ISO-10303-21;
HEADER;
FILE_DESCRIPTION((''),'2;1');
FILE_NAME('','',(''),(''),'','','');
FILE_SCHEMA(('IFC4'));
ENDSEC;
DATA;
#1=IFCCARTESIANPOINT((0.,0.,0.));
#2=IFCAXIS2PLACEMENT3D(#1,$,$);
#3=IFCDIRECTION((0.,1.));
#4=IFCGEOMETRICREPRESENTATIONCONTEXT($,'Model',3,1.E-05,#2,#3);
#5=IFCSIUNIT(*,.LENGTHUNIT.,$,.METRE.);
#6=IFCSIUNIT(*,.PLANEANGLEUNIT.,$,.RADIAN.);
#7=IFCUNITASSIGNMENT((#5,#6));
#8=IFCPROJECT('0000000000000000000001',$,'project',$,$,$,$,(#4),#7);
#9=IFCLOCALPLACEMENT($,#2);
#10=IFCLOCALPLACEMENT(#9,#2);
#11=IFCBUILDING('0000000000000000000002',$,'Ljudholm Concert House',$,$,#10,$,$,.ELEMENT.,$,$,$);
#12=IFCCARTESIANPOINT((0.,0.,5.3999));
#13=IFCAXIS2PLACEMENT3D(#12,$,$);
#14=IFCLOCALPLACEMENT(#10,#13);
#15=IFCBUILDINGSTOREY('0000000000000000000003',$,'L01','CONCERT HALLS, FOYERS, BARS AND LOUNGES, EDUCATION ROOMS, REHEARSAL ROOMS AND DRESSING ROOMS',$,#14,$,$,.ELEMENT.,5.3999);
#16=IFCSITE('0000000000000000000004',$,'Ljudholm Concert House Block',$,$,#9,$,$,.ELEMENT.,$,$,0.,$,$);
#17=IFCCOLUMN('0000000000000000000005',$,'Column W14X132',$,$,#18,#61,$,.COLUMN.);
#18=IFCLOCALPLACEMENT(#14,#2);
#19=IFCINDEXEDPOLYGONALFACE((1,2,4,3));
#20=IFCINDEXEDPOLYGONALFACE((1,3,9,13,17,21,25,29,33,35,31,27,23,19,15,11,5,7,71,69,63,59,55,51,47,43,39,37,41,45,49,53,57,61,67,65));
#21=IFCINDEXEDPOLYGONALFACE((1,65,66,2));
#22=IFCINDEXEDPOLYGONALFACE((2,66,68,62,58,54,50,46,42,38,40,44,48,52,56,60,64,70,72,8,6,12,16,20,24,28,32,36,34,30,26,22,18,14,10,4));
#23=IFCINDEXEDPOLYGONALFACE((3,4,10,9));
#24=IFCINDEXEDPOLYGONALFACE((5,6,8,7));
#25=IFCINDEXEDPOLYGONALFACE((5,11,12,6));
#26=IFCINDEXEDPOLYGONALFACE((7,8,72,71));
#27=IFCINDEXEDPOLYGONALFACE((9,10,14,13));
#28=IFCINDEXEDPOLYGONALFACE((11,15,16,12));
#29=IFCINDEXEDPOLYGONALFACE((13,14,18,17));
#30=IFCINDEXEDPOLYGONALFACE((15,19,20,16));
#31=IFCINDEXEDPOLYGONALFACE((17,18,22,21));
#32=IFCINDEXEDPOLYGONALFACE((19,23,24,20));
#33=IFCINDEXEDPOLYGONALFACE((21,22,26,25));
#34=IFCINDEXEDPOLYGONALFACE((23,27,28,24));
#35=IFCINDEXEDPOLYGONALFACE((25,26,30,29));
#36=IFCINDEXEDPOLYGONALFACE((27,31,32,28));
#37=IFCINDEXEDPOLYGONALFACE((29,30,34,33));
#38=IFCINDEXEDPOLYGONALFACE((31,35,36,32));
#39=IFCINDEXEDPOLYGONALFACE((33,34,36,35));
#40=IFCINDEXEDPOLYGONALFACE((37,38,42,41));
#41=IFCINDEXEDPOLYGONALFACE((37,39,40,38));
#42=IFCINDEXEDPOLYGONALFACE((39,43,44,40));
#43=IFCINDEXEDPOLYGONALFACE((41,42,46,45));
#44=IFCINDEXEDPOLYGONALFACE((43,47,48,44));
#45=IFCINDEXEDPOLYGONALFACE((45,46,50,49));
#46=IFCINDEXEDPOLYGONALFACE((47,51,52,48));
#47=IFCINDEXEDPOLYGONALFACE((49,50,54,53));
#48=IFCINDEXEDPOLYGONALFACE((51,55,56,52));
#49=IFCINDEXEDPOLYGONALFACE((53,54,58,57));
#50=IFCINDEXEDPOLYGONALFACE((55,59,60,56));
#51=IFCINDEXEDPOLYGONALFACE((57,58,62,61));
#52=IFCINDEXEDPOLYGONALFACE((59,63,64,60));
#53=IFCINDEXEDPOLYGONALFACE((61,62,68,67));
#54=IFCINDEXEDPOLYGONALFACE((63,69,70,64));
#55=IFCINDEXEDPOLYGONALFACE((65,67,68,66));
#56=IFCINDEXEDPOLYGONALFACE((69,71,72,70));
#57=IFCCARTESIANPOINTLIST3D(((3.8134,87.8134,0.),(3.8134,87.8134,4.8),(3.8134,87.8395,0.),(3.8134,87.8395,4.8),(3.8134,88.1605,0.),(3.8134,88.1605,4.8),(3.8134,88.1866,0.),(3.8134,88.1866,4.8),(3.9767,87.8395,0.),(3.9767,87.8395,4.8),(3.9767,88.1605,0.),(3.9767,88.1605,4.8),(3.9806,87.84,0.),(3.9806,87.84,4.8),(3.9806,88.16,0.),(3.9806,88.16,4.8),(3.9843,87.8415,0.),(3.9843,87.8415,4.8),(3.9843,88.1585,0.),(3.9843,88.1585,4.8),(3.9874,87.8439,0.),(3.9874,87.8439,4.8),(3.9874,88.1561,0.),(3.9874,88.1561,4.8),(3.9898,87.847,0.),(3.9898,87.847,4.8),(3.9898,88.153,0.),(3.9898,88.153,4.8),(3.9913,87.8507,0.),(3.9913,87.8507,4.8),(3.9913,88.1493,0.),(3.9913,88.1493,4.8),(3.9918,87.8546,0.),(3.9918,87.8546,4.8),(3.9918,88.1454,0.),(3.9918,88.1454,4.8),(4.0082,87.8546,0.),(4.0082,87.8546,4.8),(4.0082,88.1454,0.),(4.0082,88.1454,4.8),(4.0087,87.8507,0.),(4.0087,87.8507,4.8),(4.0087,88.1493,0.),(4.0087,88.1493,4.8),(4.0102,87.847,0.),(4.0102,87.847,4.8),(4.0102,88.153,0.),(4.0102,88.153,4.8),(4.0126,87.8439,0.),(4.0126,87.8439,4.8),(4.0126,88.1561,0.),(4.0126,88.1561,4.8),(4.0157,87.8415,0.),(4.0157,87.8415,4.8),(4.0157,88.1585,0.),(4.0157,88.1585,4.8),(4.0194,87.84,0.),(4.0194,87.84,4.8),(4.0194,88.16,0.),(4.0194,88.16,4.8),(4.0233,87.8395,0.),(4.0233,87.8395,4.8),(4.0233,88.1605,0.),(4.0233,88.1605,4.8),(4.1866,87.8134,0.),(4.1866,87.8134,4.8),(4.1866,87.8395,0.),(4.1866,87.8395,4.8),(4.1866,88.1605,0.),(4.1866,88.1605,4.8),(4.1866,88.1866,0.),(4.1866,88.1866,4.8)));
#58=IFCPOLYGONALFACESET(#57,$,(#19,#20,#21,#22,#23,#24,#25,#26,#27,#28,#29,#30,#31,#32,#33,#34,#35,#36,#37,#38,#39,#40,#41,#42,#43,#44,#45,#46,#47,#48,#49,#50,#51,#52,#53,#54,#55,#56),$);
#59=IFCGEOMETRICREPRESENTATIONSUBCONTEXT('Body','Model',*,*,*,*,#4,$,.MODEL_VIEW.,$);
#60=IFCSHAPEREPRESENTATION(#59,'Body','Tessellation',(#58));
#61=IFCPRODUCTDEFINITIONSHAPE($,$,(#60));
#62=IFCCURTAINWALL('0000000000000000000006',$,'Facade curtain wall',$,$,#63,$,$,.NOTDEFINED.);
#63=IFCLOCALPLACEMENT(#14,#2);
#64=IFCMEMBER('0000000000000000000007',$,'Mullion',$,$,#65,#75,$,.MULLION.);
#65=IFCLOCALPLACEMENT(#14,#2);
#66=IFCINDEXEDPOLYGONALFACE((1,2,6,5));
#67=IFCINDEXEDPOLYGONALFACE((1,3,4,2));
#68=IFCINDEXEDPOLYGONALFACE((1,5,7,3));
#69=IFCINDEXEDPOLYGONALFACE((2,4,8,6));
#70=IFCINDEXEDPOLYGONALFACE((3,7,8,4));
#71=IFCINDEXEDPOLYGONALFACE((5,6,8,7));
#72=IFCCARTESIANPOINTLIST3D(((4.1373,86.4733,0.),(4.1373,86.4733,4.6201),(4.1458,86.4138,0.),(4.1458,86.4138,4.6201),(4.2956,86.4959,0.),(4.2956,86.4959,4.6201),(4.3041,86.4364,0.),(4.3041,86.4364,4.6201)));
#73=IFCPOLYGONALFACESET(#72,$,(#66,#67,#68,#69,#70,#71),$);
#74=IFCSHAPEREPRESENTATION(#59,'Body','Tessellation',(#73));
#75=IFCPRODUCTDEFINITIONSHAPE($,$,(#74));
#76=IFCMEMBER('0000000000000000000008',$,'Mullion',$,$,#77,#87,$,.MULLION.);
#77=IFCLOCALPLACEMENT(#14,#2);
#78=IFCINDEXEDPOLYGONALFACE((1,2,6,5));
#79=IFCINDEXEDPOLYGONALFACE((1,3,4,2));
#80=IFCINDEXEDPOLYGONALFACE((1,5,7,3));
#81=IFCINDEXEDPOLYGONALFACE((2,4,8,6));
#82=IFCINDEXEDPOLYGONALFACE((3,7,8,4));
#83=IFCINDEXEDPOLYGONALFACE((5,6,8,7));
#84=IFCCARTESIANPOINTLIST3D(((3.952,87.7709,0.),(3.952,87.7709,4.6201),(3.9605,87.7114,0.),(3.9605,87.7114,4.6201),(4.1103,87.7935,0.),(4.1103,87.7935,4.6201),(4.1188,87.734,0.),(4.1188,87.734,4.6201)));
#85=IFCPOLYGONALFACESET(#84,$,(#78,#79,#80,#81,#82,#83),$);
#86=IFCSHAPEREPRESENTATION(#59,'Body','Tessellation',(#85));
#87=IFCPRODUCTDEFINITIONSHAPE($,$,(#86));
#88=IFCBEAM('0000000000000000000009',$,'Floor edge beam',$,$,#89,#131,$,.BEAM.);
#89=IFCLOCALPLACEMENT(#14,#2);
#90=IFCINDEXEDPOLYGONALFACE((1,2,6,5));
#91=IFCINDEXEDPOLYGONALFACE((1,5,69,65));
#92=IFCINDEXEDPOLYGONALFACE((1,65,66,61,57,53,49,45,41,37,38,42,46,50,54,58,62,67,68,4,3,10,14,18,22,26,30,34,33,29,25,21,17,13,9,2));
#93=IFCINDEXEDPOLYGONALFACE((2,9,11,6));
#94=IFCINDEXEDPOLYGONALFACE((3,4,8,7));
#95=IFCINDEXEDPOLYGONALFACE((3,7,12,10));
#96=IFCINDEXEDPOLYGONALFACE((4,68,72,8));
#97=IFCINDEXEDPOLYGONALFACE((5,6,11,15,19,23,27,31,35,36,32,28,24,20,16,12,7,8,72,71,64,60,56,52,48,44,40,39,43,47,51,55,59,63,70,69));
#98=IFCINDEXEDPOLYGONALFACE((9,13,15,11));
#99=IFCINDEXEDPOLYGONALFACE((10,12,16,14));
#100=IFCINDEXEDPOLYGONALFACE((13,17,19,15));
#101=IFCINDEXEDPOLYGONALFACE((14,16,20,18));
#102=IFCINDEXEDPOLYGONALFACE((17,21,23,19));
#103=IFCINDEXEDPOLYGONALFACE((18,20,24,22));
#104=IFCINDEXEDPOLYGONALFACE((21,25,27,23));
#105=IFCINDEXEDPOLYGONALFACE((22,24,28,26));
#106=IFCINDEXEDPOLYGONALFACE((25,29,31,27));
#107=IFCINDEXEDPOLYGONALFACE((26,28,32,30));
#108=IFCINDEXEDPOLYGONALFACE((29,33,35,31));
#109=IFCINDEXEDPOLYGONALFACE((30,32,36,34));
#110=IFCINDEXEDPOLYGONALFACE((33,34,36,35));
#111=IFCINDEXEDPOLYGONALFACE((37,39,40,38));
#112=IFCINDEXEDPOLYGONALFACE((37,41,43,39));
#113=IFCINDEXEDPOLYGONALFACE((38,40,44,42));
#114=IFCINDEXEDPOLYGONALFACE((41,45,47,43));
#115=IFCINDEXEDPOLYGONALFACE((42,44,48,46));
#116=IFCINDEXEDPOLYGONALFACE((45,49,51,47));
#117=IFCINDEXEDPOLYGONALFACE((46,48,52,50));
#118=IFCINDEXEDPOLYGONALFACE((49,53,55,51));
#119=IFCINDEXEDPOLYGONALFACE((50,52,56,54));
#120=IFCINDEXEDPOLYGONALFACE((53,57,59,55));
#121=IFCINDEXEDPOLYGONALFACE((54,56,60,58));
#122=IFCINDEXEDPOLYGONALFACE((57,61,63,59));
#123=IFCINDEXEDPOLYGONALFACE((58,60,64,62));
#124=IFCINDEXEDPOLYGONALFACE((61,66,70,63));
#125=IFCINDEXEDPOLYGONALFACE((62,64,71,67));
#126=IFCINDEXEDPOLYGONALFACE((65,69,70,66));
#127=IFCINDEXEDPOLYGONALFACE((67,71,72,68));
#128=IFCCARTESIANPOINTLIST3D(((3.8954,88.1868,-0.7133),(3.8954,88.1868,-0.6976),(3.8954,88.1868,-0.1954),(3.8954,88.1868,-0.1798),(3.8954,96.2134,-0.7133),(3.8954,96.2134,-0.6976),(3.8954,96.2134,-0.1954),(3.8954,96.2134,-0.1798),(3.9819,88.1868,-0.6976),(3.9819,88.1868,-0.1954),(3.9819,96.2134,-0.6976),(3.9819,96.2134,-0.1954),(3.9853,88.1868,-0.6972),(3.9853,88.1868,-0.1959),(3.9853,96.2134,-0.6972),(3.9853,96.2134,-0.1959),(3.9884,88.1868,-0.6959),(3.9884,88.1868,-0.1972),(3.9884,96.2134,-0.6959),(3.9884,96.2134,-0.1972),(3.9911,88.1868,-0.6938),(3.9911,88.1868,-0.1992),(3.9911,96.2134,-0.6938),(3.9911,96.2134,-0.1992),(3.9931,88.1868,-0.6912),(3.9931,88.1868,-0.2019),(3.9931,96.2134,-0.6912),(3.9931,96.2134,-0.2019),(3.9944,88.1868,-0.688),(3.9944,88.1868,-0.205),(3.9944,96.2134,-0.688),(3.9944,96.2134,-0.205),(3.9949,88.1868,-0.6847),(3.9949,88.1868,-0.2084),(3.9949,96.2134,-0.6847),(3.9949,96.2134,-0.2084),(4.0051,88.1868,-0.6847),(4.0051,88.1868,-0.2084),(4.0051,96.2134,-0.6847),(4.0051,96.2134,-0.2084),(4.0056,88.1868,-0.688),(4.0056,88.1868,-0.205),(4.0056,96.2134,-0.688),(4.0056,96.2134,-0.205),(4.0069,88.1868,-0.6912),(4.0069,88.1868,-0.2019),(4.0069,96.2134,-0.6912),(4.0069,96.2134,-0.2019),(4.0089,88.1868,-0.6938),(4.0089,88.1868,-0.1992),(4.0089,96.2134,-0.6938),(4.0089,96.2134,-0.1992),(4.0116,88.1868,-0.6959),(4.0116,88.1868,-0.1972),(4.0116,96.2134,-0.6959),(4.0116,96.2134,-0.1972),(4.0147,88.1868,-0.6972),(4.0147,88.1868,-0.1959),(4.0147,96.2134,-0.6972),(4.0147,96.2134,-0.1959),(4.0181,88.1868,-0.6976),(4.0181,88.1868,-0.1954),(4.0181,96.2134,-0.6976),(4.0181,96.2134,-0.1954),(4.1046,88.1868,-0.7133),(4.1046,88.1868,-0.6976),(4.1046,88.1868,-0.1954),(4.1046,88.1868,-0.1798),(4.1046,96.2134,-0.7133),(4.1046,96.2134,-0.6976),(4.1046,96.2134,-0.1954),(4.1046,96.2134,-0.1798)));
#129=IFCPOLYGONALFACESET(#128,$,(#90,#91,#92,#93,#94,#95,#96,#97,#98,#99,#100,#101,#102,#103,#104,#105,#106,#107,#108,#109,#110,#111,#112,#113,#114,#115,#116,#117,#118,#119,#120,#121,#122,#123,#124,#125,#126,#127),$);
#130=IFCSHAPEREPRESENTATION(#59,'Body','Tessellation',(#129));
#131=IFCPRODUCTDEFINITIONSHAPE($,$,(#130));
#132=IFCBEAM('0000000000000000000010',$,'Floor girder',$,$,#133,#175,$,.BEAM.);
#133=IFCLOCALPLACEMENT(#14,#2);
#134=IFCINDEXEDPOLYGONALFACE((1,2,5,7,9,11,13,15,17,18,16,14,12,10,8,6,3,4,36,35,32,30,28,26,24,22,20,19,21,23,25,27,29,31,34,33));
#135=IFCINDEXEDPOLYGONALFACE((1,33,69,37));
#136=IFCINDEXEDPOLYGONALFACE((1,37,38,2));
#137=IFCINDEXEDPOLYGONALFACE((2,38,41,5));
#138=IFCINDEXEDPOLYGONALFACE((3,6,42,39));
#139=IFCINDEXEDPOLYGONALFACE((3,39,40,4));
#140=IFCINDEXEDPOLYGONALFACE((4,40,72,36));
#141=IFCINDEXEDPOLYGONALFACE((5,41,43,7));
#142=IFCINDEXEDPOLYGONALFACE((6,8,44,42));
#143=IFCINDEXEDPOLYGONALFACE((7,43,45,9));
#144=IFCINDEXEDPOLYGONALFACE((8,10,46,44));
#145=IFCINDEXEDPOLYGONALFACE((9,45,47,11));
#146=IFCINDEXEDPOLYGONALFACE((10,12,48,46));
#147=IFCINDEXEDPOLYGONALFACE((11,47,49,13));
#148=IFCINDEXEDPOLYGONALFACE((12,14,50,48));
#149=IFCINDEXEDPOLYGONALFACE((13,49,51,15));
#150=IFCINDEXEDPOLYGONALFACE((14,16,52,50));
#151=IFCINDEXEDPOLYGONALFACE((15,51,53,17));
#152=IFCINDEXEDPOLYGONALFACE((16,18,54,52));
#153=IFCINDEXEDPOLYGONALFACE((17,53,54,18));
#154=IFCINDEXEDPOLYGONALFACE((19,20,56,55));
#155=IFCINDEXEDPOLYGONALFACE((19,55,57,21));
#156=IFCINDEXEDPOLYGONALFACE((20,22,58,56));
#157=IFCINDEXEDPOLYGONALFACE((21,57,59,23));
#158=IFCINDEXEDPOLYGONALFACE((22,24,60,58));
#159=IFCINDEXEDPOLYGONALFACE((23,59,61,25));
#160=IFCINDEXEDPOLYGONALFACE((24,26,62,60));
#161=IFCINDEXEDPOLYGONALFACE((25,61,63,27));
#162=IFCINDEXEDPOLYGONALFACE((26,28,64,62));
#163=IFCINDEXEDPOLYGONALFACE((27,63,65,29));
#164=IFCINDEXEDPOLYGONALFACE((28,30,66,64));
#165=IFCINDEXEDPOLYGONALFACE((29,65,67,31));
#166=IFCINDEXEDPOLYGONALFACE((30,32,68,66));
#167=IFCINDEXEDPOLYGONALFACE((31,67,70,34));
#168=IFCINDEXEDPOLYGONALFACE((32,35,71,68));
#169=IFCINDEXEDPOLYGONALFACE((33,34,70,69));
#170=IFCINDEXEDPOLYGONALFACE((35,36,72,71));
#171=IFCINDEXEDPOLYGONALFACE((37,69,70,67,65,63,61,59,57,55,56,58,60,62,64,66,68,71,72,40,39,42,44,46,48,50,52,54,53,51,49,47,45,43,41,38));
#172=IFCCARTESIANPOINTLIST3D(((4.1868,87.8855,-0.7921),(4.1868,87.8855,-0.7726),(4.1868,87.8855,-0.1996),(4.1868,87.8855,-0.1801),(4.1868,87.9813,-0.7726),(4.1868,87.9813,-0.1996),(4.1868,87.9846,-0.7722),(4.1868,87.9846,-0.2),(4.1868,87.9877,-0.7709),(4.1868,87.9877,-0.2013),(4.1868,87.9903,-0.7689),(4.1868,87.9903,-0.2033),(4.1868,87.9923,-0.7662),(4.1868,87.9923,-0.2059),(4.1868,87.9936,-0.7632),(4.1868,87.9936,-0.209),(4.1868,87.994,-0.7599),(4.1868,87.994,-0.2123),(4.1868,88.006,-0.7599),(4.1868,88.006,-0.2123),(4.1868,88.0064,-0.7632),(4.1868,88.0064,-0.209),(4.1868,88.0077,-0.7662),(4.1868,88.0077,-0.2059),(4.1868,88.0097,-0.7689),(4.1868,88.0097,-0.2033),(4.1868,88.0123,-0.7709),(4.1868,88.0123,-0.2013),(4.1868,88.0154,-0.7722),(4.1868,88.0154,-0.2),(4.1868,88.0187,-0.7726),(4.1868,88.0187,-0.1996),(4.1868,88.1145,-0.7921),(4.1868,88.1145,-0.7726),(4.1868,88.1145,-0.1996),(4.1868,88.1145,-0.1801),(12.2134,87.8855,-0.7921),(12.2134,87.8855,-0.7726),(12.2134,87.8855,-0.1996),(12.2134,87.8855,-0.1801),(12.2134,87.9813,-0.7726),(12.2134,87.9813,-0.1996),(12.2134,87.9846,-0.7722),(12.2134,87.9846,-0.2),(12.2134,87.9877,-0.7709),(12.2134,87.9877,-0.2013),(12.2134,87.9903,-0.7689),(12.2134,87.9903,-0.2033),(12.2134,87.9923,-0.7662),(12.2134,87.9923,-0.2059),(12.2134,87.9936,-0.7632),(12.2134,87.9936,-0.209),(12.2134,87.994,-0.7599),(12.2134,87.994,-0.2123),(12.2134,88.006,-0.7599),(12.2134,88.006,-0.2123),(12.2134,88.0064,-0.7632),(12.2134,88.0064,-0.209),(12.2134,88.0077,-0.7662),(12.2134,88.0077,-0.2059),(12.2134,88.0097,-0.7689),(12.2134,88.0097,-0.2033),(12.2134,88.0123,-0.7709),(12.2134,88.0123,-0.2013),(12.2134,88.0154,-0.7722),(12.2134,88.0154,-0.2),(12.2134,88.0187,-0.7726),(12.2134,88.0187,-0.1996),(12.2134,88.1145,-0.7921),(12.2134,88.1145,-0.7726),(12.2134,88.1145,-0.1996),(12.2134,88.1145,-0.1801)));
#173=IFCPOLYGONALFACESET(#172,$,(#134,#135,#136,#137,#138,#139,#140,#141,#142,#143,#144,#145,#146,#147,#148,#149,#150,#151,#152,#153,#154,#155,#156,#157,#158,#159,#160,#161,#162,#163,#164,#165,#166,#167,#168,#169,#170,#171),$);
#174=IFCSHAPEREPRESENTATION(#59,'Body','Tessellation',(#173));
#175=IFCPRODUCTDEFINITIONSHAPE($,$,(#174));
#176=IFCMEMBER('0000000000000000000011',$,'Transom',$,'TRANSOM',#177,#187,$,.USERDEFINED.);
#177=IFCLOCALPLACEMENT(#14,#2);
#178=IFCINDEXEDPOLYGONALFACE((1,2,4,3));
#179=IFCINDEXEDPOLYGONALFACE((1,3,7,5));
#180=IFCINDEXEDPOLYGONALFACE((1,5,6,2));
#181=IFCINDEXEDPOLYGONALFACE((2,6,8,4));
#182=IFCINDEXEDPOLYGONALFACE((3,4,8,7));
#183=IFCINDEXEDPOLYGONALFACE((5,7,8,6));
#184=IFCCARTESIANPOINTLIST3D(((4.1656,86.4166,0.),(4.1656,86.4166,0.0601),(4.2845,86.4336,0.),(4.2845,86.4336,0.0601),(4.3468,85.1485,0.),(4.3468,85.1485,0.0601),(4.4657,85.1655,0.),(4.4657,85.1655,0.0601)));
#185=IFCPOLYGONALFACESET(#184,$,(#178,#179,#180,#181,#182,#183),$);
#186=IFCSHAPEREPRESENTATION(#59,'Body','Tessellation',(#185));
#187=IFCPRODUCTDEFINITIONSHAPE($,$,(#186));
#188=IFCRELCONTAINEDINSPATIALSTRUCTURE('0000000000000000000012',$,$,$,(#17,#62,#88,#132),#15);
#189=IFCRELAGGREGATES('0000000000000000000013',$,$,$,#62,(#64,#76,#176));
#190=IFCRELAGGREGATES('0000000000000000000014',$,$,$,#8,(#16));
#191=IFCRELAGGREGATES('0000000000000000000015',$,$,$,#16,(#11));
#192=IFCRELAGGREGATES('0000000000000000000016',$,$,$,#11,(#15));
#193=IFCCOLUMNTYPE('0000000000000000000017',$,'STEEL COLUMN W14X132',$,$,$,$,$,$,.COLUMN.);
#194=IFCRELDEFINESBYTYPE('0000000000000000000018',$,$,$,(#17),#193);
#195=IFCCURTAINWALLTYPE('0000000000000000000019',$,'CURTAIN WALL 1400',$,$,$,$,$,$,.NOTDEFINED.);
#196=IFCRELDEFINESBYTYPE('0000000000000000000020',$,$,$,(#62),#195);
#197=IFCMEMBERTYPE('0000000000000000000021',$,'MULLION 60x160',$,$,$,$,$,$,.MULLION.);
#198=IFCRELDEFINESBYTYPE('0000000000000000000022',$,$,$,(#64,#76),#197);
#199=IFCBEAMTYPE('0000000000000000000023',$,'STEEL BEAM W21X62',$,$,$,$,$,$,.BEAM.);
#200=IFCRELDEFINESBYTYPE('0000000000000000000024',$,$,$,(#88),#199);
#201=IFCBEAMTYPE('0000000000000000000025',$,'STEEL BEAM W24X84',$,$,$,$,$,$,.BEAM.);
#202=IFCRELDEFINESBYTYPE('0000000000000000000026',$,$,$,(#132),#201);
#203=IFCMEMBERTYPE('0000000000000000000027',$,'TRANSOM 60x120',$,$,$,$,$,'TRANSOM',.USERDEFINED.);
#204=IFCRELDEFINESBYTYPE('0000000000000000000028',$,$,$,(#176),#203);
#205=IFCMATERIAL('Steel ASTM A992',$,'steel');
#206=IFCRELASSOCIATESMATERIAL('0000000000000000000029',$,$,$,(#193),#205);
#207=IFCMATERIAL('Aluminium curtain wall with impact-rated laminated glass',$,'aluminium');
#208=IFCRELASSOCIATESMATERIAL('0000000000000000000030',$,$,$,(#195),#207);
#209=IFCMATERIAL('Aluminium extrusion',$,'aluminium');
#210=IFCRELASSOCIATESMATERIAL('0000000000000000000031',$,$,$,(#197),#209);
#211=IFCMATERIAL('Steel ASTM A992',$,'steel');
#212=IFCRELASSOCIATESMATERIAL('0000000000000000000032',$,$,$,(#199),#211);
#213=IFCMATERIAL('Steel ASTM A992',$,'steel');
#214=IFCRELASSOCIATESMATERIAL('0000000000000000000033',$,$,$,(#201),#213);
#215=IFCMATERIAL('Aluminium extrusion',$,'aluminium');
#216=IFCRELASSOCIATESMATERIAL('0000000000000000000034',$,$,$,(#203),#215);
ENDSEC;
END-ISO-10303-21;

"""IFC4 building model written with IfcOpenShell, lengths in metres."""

from ifc_helpers import new_model, si_unit, direction, frame, origin, origin_2d, place, context, subcontext, project, spatial, rectangle, i_section, extrude, material, material_profile, profile_set, type_object, element, aggregate, save


model = new_model("IFC4")

# Units and contexts
model_context = context("Model", 3, precision=1e-05, world=origin(), true_north=direction((0.0, 1.0)))
body_context = subcontext(model_context, "Body", "Model", "MODEL_VIEW")
ifc_project = project(units=[si_unit("LENGTHUNIT", "METRE"), si_unit("PLANEANGLEUNIT", "RADIAN")], contexts=[model_context])

# Site, building, storey
site_placement = place(None, origin())
site = spatial("IfcSite", under=ifc_project, at=site_placement, Name="Ljudholm Concert House Block", CompositionType="ELEMENT", RefElevation=0.0)
building_placement = place(site_placement, origin())
building = spatial("IfcBuilding", under=site, at=building_placement, Name="Ljudholm Concert House", CompositionType="ELEMENT")
storey_placement = place(building_placement, frame((0.0, 0.0, 5.3999)))
storey = spatial("IfcBuildingStorey", under=building, at=storey_placement, Name="L01", Description="CONCERT HALLS, FOYERS, BARS AND LOUNGES, EDUCATION ROOMS, REHEARSAL ROOMS AND DRESSING ROOMS", CompositionType="ELEMENT", Elevation=5.3999)

# Column
ifc_material_1 = material(Name="Steel ASTM A992", Category="steel")
ifc_material_profile_1 = material_profile(ifc_material_1, i_section(OverallWidth=0.3733, OverallDepth=0.3733, WebThickness=0.0164, FlangeThickness=0.0261, FilletRadius=0.0151, at=origin_2d()), Name="W14X132")
ifc_profile_set_1 = profile_set([ifc_material_profile_1], Name="Steel ASTM A992")
column_type = type_object("IfcColumnType", Name="STEEL COLUMN W14X132", PredefinedType="COLUMN", material=ifc_profile_set_1)
column_placement = place(storey_placement, frame((4.0, 88.0, 0.0), z_axis=(0.0, 0.0, 1.0), x_axis=(1.0, 0.0, 0.0)))
element("IfcColumn", 1, at=column_placement, inside=storey, type_object=column_type, Name="Column W14X132", PredefinedType="COLUMN", context=body_context, shape_type="SweptSolid", body=[
    extrude(i_section(OverallWidth=0.3733, OverallDepth=0.3733, WebThickness=0.0164, FlangeThickness=0.0261, FilletRadius=0.0151, at=origin_2d()), origin(), (0.0, 0.0, 1.0), 4.8),
])

# Curtain wall, members
ifc_material_2 = material(Name="Aluminium curtain wall with impact-rated laminated glass", Category="aluminium")
curtain_wall_type = type_object("IfcCurtainWallType", Name="CURTAIN WALL 1400", PredefinedType="NOTDEFINED", material=ifc_material_2)
curtain_wall_placement = place(storey_placement, origin())
curtain_wall = element("IfcCurtainWall", 2, at=curtain_wall_placement, inside=storey, type_object=curtain_wall_type, Name="Facade curtain wall", PredefinedType="NOTDEFINED")
ifc_material_3 = material(Name="Aluminium extrusion", Category="aluminium")
ifc_material_profile_2 = material_profile(ifc_material_3, rectangle(XDim=0.1599, YDim=0.0601, at=origin_2d()), Name="MULLION 60x160")
ifc_profile_set_2 = profile_set([ifc_material_profile_2], Name="Aluminium extrusion")
member_type_1 = type_object("IfcMemberType", Name="MULLION 60x160", PredefinedType="MULLION", material=ifc_profile_set_2)
member_1_placement = place(storey_placement, frame((4.2207, 86.4548, 0.0), z_axis=(0.0, 0.0, 1.0), x_axis=(-0.989949, -0.141421, 0.0)))
member_1 = element("IfcMember", 3, at=member_1_placement, type_object=member_type_1, Name="Mullion", PredefinedType="MULLION", context=body_context, shape_type="SweptSolid", body=[
    extrude(rectangle(XDim=0.1599, YDim=0.0601, at=origin_2d()), origin(), (0.0, 0.0, 1.0), 4.6201),
])
member_2_placement = place(storey_placement, frame((4.0354, 87.7524, 0.0), z_axis=(0.0, 0.0, 1.0), x_axis=(-0.989949, -0.141421, 0.0)))
member_2 = element("IfcMember", 4, at=member_2_placement, type_object=member_type_1, Name="Mullion", PredefinedType="MULLION", context=body_context, shape_type="SweptSolid", body=[
    extrude(rectangle(XDim=0.1599, YDim=0.0601, at=origin_2d()), origin(), (0.0, 0.0, 1.0), 4.6201),
])

# Beams
ifc_material_4 = material(Name="Steel ASTM A992", Category="steel")
ifc_material_profile_3 = material_profile(ifc_material_4, i_section(OverallWidth=0.2092, OverallDepth=0.5334, WebThickness=0.0103, FlangeThickness=0.0156, FilletRadius=0.0129, at=origin_2d()), Name="W21X62")
ifc_profile_set_3 = profile_set([ifc_material_profile_3], Name="Steel ASTM A992")
beam_type_1 = type_object("IfcBeamType", Name="STEEL BEAM W21X62", PredefinedType="BEAM", material=ifc_profile_set_3)
beam_1_placement = place(storey_placement, frame((4.0, 88.1868, -0.4465), z_axis=(0.0, 1.0, 0.0), x_axis=(-1.0, 0.0, 0.0)))
element("IfcBeam", 5, at=beam_1_placement, inside=storey, type_object=beam_type_1, Name="Floor edge beam", PredefinedType="BEAM", context=body_context, shape_type="SweptSolid", body=[
    extrude(i_section(OverallWidth=0.2092, OverallDepth=0.5334, WebThickness=0.0103, FlangeThickness=0.0156, FilletRadius=0.0129, at=origin_2d()), origin(), (0.0, 0.0, 1.0), 8.0266),
])
ifc_material_5 = material(Name="Steel ASTM A992", Category="steel")
ifc_material_profile_4 = material_profile(ifc_material_5, i_section(OverallWidth=0.229, OverallDepth=0.6121, WebThickness=0.012, FlangeThickness=0.0195, FilletRadius=0.0127, at=origin_2d()), Name="W24X84")
ifc_profile_set_4 = profile_set([ifc_material_profile_4], Name="Steel ASTM A992")
beam_type_2 = type_object("IfcBeamType", Name="STEEL BEAM W24X84", PredefinedType="BEAM", material=ifc_profile_set_4)
beam_2_placement = place(storey_placement, frame((4.1868, 88.0, -0.4861), z_axis=(1.0, 0.0, 0.0), x_axis=(0.0, 1.0, 0.0)))
element("IfcBeam", 6, at=beam_2_placement, inside=storey, type_object=beam_type_2, Name="Floor girder", PredefinedType="BEAM", context=body_context, shape_type="SweptSolid", body=[
    extrude(i_section(OverallWidth=0.229, OverallDepth=0.6121, WebThickness=0.012, FlangeThickness=0.0195, FilletRadius=0.0127, at=origin_2d()), origin(), (0.0, 0.0, 1.0), 8.0266),
])

# Member
ifc_material_6 = material(Name="Aluminium extrusion", Category="aluminium")
ifc_material_profile_5 = material_profile(ifc_material_6, rectangle(XDim=0.1201, YDim=0.0601, at=origin_2d()), Name="TRANSOM 60x120")
ifc_profile_set_5 = profile_set([ifc_material_profile_5], Name="Aluminium extrusion")
member_type_2 = type_object("IfcMemberType", Name="TRANSOM 60x120", ElementType="TRANSOM", PredefinedType="USERDEFINED", material=ifc_profile_set_5)
member_3_placement = place(storey_placement, frame((4.4062, 85.157, 0.03), z_axis=(-0.141421, 0.989949, 0.0), x_axis=(-0.989949, -0.141421, 0.0)))
member_3 = element("IfcMember", 7, at=member_3_placement, type_object=member_type_2, Name="Transom", ObjectType="TRANSOM", PredefinedType="USERDEFINED", context=body_context, shape_type="SweptSolid", body=[
    extrude(rectangle(XDim=0.1201, YDim=0.0601, at=origin_2d()), origin(), (0.0, 0.0, 1.0), 1.281),
])

aggregate(curtain_wall, [member_1, member_2, member_3])

save(model, "model.ifc")
